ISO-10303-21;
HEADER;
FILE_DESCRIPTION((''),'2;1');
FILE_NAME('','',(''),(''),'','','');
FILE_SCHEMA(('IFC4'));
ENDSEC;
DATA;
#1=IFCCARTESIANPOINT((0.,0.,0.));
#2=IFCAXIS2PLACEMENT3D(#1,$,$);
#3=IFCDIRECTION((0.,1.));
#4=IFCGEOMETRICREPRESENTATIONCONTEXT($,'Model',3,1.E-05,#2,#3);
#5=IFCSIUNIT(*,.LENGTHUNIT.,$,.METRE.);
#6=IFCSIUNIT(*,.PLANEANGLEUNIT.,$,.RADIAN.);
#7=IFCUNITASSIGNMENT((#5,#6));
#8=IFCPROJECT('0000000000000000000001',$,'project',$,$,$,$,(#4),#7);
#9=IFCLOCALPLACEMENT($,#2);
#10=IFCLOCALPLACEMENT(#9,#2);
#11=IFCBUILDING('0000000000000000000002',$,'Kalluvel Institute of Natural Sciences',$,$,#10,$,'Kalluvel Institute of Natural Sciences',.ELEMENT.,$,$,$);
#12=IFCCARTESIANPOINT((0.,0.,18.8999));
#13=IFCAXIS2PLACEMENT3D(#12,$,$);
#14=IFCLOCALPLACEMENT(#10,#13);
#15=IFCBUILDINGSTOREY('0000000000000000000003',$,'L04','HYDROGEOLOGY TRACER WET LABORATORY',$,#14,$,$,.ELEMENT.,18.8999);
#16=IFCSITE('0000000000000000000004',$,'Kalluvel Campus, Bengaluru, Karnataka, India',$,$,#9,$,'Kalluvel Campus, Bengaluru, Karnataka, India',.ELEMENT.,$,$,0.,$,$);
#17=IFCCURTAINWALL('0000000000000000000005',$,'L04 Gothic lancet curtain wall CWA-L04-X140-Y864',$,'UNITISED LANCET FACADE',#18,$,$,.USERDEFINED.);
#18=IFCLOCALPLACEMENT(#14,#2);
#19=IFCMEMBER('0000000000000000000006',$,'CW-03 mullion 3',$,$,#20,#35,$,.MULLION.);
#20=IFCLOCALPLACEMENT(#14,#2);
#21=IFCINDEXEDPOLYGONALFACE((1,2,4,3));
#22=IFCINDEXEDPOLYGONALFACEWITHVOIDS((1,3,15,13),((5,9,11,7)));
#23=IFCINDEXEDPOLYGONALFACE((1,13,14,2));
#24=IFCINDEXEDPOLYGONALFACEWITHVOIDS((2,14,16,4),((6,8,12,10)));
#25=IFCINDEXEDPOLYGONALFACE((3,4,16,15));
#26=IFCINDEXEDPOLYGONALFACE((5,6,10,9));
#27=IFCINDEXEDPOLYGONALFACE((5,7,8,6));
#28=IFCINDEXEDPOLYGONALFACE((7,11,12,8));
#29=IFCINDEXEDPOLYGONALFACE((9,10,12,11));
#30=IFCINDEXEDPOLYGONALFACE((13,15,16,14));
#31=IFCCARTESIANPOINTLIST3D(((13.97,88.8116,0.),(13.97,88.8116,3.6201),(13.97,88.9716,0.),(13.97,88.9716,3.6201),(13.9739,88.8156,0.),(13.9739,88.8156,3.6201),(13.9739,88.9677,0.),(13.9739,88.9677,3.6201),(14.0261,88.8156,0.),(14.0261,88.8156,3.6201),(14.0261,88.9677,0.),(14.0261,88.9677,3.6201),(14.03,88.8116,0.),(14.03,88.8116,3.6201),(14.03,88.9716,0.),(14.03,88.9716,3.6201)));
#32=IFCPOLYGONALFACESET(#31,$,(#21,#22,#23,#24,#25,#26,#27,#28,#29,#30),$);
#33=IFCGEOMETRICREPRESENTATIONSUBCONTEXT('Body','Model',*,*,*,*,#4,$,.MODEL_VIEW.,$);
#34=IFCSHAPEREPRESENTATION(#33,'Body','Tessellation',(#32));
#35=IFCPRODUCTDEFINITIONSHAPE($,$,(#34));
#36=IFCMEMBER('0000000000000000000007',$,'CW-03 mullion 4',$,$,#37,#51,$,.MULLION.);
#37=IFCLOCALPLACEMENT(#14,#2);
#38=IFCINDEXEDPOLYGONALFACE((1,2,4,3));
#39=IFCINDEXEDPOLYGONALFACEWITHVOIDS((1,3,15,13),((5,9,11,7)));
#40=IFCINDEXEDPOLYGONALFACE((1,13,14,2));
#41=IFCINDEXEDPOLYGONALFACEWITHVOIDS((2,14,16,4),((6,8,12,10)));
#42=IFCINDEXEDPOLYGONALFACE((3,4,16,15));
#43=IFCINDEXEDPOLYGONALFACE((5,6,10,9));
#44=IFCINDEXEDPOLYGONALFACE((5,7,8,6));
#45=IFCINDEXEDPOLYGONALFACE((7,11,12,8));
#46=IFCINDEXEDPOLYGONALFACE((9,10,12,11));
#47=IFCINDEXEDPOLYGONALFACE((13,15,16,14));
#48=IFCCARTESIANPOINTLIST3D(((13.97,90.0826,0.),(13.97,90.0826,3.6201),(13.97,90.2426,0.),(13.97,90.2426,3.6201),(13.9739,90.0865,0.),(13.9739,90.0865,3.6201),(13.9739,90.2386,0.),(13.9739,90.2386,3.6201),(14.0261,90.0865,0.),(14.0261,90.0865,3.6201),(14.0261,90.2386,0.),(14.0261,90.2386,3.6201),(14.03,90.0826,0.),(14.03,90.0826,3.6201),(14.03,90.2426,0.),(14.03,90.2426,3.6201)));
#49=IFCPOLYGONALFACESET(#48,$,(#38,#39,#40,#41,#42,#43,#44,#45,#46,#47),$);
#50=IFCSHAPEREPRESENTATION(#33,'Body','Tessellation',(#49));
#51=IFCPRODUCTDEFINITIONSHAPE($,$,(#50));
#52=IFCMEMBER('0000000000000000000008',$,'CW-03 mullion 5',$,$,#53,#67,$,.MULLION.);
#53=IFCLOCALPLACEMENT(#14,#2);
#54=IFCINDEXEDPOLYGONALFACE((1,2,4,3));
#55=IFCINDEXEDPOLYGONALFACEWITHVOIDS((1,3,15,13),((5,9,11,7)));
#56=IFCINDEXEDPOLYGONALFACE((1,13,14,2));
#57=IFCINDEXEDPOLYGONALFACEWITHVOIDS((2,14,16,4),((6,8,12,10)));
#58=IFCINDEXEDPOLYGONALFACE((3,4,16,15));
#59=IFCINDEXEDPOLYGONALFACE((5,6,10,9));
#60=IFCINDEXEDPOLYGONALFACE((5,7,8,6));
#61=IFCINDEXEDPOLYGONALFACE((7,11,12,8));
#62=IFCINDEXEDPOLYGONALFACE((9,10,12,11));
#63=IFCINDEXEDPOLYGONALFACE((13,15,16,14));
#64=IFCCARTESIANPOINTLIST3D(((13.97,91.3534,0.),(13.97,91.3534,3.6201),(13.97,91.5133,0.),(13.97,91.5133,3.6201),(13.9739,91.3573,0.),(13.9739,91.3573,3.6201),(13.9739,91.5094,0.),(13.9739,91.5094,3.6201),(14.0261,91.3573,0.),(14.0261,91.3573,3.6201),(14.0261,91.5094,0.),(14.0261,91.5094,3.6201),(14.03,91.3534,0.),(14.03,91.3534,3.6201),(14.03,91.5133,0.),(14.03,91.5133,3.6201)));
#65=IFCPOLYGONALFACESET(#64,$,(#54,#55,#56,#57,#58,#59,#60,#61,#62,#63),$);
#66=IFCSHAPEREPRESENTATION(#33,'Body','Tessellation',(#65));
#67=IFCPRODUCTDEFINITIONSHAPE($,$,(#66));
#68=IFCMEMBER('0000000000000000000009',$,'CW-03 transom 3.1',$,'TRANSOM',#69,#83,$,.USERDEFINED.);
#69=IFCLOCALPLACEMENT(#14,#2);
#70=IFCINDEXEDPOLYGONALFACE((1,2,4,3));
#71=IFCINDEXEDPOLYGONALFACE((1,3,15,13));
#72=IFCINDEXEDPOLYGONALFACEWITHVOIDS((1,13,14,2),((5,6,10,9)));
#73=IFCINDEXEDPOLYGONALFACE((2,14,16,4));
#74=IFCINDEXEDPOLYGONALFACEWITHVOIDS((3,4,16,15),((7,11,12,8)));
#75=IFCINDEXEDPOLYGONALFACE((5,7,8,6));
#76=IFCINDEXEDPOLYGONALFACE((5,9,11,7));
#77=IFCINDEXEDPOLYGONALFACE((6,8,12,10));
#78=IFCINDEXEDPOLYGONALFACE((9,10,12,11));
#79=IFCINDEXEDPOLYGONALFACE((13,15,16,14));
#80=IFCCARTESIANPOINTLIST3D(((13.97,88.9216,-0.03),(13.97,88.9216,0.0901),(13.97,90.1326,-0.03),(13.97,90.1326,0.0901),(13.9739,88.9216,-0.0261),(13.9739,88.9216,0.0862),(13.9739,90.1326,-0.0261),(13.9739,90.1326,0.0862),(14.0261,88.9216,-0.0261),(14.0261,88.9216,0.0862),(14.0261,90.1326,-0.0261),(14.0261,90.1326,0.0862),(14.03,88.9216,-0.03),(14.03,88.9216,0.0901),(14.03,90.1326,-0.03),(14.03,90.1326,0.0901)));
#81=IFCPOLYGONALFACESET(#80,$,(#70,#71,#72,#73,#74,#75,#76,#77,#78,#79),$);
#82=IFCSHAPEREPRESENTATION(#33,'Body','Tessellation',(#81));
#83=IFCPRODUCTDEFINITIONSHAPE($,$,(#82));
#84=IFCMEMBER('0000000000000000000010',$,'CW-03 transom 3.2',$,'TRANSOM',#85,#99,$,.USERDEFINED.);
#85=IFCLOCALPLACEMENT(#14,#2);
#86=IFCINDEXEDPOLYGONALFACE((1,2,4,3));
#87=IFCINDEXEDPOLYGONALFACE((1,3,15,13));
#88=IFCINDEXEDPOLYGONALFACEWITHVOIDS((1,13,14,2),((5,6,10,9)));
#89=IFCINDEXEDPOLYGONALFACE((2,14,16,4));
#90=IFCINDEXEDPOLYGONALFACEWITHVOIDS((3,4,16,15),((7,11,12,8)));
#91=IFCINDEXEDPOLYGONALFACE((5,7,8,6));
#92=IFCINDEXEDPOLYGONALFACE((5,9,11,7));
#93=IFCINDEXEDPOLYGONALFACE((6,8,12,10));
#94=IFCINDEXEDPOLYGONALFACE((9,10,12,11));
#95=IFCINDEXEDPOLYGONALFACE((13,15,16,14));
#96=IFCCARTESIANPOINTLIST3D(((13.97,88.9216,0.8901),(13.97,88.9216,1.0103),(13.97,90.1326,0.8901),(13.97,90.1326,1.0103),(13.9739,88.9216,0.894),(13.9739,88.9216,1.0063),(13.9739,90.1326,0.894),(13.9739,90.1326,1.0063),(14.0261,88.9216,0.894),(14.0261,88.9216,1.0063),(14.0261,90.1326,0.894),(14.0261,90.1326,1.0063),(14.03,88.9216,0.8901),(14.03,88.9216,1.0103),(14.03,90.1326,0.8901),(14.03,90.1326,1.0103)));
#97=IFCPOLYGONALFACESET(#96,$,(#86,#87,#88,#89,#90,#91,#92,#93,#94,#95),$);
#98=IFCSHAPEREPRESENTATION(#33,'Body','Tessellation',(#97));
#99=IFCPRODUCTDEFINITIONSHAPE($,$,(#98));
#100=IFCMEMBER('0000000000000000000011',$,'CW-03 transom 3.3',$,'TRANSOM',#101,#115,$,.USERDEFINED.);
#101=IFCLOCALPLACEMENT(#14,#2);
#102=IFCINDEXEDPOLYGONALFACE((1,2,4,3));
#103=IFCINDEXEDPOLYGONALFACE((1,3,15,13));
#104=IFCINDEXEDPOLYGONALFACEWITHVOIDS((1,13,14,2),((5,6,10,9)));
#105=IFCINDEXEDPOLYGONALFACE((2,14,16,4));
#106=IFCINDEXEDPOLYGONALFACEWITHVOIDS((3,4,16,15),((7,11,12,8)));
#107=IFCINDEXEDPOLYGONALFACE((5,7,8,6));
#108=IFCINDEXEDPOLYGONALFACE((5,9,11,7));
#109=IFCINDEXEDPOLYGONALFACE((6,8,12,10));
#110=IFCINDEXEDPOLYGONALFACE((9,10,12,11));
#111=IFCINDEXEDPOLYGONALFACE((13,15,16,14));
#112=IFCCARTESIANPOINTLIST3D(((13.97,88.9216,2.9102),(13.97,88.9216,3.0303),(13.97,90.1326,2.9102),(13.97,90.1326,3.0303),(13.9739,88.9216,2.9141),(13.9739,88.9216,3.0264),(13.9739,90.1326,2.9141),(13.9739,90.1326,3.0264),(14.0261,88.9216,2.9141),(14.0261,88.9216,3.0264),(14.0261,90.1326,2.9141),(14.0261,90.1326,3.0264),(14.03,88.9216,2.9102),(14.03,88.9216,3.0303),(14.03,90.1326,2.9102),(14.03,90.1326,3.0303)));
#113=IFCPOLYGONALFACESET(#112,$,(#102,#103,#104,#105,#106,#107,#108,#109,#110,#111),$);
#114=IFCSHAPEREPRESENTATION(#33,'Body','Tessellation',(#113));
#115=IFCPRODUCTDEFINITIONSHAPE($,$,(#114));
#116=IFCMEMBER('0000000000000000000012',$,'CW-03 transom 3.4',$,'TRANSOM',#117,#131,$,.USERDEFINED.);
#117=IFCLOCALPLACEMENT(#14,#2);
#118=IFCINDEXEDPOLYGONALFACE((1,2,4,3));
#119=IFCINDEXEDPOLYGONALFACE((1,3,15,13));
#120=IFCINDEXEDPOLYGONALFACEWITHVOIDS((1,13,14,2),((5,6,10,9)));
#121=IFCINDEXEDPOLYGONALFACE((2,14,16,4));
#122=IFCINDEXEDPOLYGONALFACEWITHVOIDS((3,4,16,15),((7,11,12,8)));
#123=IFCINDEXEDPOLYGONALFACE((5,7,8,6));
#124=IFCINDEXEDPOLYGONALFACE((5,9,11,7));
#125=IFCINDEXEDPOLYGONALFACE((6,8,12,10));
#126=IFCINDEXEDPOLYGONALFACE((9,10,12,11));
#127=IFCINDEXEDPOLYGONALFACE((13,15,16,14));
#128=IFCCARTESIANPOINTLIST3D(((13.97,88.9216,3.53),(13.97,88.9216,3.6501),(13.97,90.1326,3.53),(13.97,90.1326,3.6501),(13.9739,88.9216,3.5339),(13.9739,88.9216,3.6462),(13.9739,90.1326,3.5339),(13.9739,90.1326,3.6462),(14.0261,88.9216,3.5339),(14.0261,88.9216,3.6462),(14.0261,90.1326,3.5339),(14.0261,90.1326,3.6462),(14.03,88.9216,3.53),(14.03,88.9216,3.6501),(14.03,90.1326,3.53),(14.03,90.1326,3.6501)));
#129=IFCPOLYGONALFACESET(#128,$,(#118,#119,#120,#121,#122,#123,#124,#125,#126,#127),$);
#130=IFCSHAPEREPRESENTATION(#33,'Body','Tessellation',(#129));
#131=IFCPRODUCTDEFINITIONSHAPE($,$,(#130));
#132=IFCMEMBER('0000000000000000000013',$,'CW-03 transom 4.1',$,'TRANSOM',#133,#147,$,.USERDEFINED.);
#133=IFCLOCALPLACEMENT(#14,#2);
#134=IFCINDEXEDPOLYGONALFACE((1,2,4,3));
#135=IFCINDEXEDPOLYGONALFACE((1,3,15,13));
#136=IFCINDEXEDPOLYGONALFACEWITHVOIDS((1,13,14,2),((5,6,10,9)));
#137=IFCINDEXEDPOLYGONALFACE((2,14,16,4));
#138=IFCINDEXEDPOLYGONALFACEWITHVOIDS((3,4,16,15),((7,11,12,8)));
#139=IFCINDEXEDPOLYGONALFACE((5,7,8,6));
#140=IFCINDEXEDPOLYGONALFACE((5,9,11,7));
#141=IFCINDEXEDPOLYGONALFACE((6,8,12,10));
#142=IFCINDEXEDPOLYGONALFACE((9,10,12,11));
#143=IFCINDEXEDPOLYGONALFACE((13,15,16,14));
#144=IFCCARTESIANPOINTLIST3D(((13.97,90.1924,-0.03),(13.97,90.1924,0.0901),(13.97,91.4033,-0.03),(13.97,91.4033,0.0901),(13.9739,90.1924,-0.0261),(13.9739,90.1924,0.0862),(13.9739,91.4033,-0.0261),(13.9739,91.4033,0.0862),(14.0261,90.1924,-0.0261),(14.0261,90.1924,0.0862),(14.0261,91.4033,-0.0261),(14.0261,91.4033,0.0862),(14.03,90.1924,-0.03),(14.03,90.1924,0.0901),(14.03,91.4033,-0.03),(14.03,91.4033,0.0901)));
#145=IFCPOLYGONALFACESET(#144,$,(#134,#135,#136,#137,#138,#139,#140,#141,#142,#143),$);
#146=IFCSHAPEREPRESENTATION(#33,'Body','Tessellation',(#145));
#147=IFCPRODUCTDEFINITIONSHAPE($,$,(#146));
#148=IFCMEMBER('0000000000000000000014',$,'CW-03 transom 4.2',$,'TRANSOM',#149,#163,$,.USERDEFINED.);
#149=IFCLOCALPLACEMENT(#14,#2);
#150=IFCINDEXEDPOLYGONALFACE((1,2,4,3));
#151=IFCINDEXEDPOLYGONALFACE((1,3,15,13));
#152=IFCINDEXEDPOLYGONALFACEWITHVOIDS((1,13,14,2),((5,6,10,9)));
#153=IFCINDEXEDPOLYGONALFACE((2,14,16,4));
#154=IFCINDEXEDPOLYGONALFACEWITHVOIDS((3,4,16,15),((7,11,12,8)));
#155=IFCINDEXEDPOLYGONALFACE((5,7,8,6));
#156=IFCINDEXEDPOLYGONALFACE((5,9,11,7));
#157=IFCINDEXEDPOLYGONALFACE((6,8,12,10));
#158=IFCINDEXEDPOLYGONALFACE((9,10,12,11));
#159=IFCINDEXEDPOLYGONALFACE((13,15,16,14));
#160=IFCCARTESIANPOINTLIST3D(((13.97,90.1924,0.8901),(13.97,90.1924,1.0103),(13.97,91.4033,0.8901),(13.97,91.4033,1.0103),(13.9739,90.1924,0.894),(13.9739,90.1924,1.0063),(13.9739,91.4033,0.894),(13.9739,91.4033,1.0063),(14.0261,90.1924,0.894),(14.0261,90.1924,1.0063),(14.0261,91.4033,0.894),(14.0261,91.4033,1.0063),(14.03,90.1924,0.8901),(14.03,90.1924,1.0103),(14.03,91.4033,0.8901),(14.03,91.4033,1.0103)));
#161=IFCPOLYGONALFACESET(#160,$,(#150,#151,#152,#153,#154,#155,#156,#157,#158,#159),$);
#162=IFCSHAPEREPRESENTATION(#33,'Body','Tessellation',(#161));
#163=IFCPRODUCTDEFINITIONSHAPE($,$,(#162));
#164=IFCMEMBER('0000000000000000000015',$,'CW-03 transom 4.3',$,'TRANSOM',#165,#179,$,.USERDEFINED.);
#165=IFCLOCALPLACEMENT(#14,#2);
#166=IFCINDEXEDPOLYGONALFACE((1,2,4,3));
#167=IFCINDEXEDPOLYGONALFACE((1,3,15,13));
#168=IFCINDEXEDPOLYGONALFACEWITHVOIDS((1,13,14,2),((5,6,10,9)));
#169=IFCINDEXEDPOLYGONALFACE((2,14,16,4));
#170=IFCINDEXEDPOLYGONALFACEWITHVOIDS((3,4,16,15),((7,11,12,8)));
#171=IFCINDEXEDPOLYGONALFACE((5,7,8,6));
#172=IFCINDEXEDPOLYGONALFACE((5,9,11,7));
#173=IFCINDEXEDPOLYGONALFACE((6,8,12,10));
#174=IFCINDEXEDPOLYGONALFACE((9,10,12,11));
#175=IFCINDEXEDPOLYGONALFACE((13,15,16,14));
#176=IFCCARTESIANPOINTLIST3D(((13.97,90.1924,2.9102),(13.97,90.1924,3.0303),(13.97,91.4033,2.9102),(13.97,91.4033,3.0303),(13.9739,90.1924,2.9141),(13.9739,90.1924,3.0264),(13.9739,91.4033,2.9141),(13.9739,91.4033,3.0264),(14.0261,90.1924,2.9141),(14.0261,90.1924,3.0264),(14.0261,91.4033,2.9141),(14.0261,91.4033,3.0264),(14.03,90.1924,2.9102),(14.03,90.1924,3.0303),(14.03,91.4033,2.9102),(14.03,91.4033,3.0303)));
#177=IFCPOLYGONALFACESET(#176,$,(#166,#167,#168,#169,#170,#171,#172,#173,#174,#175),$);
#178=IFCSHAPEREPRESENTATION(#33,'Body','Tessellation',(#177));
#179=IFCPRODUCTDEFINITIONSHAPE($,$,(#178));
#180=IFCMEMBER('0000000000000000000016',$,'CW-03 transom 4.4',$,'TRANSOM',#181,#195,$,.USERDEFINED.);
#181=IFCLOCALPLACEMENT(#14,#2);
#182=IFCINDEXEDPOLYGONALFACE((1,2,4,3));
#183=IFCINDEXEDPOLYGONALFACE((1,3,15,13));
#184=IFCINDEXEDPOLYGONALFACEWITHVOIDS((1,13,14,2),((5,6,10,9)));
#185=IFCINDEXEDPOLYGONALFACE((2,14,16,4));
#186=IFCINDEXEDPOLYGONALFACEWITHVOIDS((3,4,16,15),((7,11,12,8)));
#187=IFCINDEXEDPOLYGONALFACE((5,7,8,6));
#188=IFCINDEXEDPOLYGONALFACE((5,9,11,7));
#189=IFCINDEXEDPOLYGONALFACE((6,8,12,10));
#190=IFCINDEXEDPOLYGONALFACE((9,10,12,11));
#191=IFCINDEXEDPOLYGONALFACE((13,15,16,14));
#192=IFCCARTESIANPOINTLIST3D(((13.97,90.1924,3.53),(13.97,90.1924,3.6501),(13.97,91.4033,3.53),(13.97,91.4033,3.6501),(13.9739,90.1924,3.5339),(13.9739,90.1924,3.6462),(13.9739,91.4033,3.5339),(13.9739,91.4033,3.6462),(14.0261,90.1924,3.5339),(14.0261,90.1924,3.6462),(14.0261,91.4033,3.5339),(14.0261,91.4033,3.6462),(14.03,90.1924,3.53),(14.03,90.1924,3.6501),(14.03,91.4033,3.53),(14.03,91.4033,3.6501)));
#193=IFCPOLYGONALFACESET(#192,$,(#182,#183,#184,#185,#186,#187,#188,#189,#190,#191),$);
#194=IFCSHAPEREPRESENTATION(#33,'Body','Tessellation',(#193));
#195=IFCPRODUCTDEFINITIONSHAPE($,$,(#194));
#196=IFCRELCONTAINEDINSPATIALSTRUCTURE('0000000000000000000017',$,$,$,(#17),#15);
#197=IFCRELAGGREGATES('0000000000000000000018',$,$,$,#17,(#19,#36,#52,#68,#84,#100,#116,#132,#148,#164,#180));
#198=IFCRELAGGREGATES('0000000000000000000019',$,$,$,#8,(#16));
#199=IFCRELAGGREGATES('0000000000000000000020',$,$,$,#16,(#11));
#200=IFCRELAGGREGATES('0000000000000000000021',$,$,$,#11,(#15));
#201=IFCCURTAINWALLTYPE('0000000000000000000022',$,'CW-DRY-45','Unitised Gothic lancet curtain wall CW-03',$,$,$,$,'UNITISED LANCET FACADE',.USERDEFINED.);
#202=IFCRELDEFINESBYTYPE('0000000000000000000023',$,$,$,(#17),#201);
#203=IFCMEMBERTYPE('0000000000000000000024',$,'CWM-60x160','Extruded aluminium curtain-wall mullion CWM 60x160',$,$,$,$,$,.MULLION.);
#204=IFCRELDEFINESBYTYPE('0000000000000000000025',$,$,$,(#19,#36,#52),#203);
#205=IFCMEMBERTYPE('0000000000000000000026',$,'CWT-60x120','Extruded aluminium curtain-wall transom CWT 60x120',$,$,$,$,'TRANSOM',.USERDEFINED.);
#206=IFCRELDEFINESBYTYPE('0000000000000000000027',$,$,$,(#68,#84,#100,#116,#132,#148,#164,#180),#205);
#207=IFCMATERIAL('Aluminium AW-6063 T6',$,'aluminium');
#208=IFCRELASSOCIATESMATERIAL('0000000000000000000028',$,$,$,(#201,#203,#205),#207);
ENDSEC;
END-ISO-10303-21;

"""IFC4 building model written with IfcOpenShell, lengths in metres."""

from ifc_helpers import new_model, si_unit, direction, frame, origin, origin_2d, place, context, subcontext, project, spatial, hollow_rectangle, extrude, material, material_profile, profile_set, type_object, element, aggregate, save


model = new_model("IFC4")

# Units and contexts
model_context = context("Model", 3, precision=1e-05, world=origin(), true_north=direction((0.0, 1.0)))
body_context = subcontext(model_context, "Body", "Model", "MODEL_VIEW")
ifc_project = project(units=[si_unit("LENGTHUNIT", "METRE"), si_unit("PLANEANGLEUNIT", "RADIAN")], contexts=[model_context])

# Site, building, storey
site_placement = place(None, origin())
site = spatial("IfcSite", under=ifc_project, at=site_placement, Name="Kalluvel Campus, Bengaluru, Karnataka, India", LongName="Kalluvel Campus, Bengaluru, Karnataka, India", CompositionType="ELEMENT", RefElevation=0.0)
building_placement = place(site_placement, origin())
building = spatial("IfcBuilding", under=site, at=building_placement, Name="Kalluvel Institute of Natural Sciences", LongName="Kalluvel Institute of Natural Sciences", CompositionType="ELEMENT")
storey_placement = place(building_placement, frame((0.0, 0.0, 18.8999)))
storey = spatial("IfcBuildingStorey", under=building, at=storey_placement, Name="L04", Description="HYDROGEOLOGY TRACER WET LABORATORY", CompositionType="ELEMENT", Elevation=18.8999)

# Curtain wall, members
ifc_material_1 = material(Name="Aluminium AW-6063 T6", Category="aluminium")
curtain_wall_type = type_object("IfcCurtainWallType", Name="CW-DRY-45", Description="Unitised Gothic lancet curtain wall CW-03", ElementType="UNITISED LANCET FACADE", PredefinedType="USERDEFINED", material=ifc_material_1)
curtain_wall_placement = place(storey_placement, origin())
curtain_wall = element("IfcCurtainWall", 1, at=curtain_wall_placement, inside=storey, type_object=curtain_wall_type, Name="L04 Gothic lancet curtain wall CWA-L04-X140-Y864", ObjectType="UNITISED LANCET FACADE", PredefinedType="USERDEFINED")
ifc_material_profile_1 = material_profile(ifc_material_1, hollow_rectangle(XDim=0.0601, YDim=0.1599, WallThickness=0.0039, at=origin_2d()), Name="CWM 60x160")
ifc_profile_set_1 = profile_set([ifc_material_profile_1], Name="Aluminium AW-6063 T6")
member_type_1 = type_object("IfcMemberType", Name="CWM-60x160", Description="Extruded aluminium curtain-wall mullion CWM 60x160", PredefinedType="MULLION", material=ifc_profile_set_1)
member_1_placement = place(storey_placement, frame((14.0, 88.8916, 0.0), z_axis=(0.0, 0.0, 1.0), x_axis=(-1.0, 0.0, 0.0)))
member_1 = element("IfcMember", 2, at=member_1_placement, type_object=member_type_1, Name="CW-03 mullion 3", PredefinedType="MULLION", context=body_context, shape_type="SweptSolid", body=[
    extrude(hollow_rectangle(XDim=0.0601, YDim=0.1599, WallThickness=0.0039, at=origin_2d()), origin(), (0.0, 0.0, 1.0), 3.6201),
])
member_2_placement = place(storey_placement, frame((14.0, 90.1626, 0.0), z_axis=(0.0, 0.0, 1.0), x_axis=(-1.0, 0.0, 0.0)))
member_2 = element("IfcMember", 3, at=member_2_placement, type_object=member_type_1, Name="CW-03 mullion 4", PredefinedType="MULLION", context=body_context, shape_type="SweptSolid", body=[
    extrude(hollow_rectangle(XDim=0.0601, YDim=0.1599, WallThickness=0.0039, at=origin_2d()), origin(), (0.0, 0.0, 1.0), 3.6201),
])
member_3_placement = place(storey_placement, frame((14.0, 91.4333, 0.0), z_axis=(0.0, 0.0, 1.0), x_axis=(-1.0, 0.0, 0.0)))
member_3 = element("IfcMember", 4, at=member_3_placement, type_object=member_type_1, Name="CW-03 mullion 5", PredefinedType="MULLION", context=body_context, shape_type="SweptSolid", body=[
    extrude(hollow_rectangle(XDim=0.0601, YDim=0.1599, WallThickness=0.0039, at=origin_2d()), origin(), (0.0, 0.0, 1.0), 3.6201),
])
ifc_material_profile_2 = material_profile(ifc_material_1, hollow_rectangle(XDim=0.0601, YDim=0.1201, WallThickness=0.0039, at=origin_2d()), Name="CWT 60x120")
ifc_profile_set_2 = profile_set([ifc_material_profile_2], Name="Aluminium AW-6063 T6")
member_type_2 = type_object("IfcMemberType", Name="CWT-60x120", Description="Extruded aluminium curtain-wall transom CWT 60x120", ElementType="TRANSOM", PredefinedType="USERDEFINED", material=ifc_profile_set_2)
member_4_placement = place(storey_placement, frame((14.0, 88.9216, 0.03), z_axis=(0.0, 1.0, 0.0), x_axis=(-1.0, 0.0, 0.0)))
member_4 = element("IfcMember", 5, at=member_4_placement, type_object=member_type_2, Name="CW-03 transom 3.1", ObjectType="TRANSOM", PredefinedType="USERDEFINED", context=body_context, shape_type="SweptSolid", body=[
    extrude(hollow_rectangle(XDim=0.0601, YDim=0.1201, WallThickness=0.0039, at=origin_2d()), origin(), (0.0, 0.0, 1.0), 1.2109),
])
member_5_placement = place(storey_placement, frame((14.0, 88.9216, 0.9502), z_axis=(0.0, 1.0, 0.0), x_axis=(-1.0, 0.0, 0.0)))
member_5 = element("IfcMember", 6, at=member_5_placement, type_object=member_type_2, Name="CW-03 transom 3.2", ObjectType="TRANSOM", PredefinedType="USERDEFINED", context=body_context, shape_type="SweptSolid", body=[
    extrude(hollow_rectangle(XDim=0.0601, YDim=0.1201, WallThickness=0.0039, at=origin_2d()), origin(), (0.0, 0.0, 1.0), 1.2109),
])
member_6_placement = place(storey_placement, frame((14.0, 88.9216, 2.9702), z_axis=(0.0, 1.0, 0.0), x_axis=(-1.0, 0.0, 0.0)))
member_6 = element("IfcMember", 7, at=member_6_placement, type_object=member_type_2, Name="CW-03 transom 3.3", ObjectType="TRANSOM", PredefinedType="USERDEFINED", context=body_context, shape_type="SweptSolid", body=[
    extrude(hollow_rectangle(XDim=0.0601, YDim=0.1201, WallThickness=0.0039, at=origin_2d()), origin(), (0.0, 0.0, 1.0), 1.2109),
])
member_7_placement = place(storey_placement, frame((14.0, 88.9216, 3.5901), z_axis=(0.0, 1.0, 0.0), x_axis=(-1.0, 0.0, 0.0)))
member_7 = element("IfcMember", 8, at=member_7_placement, type_object=member_type_2, Name="CW-03 transom 3.4", ObjectType="TRANSOM", PredefinedType="USERDEFINED", context=body_context, shape_type="SweptSolid", body=[
    extrude(hollow_rectangle(XDim=0.0601, YDim=0.1201, WallThickness=0.0039, at=origin_2d()), origin(), (0.0, 0.0, 1.0), 1.2109),
])
member_8_placement = place(storey_placement, frame((14.0, 90.1924, 0.03), z_axis=(0.0, 1.0, 0.0), x_axis=(-1.0, 0.0, 0.0)))
member_8 = element("IfcMember", 9, at=member_8_placement, type_object=member_type_2, Name="CW-03 transom 4.1", ObjectType="TRANSOM", PredefinedType="USERDEFINED", context=body_context, shape_type="SweptSolid", body=[
    extrude(hollow_rectangle(XDim=0.0601, YDim=0.1201, WallThickness=0.0039, at=origin_2d()), origin(), (0.0, 0.0, 1.0), 1.2109),
])
member_9_placement = place(storey_placement, frame((14.0, 90.1924, 0.9502), z_axis=(0.0, 1.0, 0.0), x_axis=(-1.0, 0.0, 0.0)))
member_9 = element("IfcMember", 10, at=member_9_placement, type_object=member_type_2, Name="CW-03 transom 4.2", ObjectType="TRANSOM", PredefinedType="USERDEFINED", context=body_context, shape_type="SweptSolid", body=[
    extrude(hollow_rectangle(XDim=0.0601, YDim=0.1201, WallThickness=0.0039, at=origin_2d()), origin(), (0.0, 0.0, 1.0), 1.2109),
])
member_10_placement = place(storey_placement, frame((14.0, 90.1924, 2.9702), z_axis=(0.0, 1.0, 0.0), x_axis=(-1.0, 0.0, 0.0)))
member_10 = element("IfcMember", 11, at=member_10_placement, type_object=member_type_2, Name="CW-03 transom 4.3", ObjectType="TRANSOM", PredefinedType="USERDEFINED", context=body_context, shape_type="SweptSolid", body=[
    extrude(hollow_rectangle(XDim=0.0601, YDim=0.1201, WallThickness=0.0039, at=origin_2d()), origin(), (0.0, 0.0, 1.0), 1.2109),
])
member_11_placement = place(storey_placement, frame((14.0, 90.1924, 3.5901), z_axis=(0.0, 1.0, 0.0), x_axis=(-1.0, 0.0, 0.0)))
member_11 = element("IfcMember", 12, at=member_11_placement, type_object=member_type_2, Name="CW-03 transom 4.4", ObjectType="TRANSOM", PredefinedType="USERDEFINED", context=body_context, shape_type="SweptSolid", body=[
    extrude(hollow_rectangle(XDim=0.0601, YDim=0.1201, WallThickness=0.0039, at=origin_2d()), origin(), (0.0, 0.0, 1.0), 1.2109),
])
aggregate(curtain_wall, [member_1, member_2, member_3, member_4, member_5, member_6, member_7, member_8, member_9, member_10, member_11])

save(model, "model.ifc")
